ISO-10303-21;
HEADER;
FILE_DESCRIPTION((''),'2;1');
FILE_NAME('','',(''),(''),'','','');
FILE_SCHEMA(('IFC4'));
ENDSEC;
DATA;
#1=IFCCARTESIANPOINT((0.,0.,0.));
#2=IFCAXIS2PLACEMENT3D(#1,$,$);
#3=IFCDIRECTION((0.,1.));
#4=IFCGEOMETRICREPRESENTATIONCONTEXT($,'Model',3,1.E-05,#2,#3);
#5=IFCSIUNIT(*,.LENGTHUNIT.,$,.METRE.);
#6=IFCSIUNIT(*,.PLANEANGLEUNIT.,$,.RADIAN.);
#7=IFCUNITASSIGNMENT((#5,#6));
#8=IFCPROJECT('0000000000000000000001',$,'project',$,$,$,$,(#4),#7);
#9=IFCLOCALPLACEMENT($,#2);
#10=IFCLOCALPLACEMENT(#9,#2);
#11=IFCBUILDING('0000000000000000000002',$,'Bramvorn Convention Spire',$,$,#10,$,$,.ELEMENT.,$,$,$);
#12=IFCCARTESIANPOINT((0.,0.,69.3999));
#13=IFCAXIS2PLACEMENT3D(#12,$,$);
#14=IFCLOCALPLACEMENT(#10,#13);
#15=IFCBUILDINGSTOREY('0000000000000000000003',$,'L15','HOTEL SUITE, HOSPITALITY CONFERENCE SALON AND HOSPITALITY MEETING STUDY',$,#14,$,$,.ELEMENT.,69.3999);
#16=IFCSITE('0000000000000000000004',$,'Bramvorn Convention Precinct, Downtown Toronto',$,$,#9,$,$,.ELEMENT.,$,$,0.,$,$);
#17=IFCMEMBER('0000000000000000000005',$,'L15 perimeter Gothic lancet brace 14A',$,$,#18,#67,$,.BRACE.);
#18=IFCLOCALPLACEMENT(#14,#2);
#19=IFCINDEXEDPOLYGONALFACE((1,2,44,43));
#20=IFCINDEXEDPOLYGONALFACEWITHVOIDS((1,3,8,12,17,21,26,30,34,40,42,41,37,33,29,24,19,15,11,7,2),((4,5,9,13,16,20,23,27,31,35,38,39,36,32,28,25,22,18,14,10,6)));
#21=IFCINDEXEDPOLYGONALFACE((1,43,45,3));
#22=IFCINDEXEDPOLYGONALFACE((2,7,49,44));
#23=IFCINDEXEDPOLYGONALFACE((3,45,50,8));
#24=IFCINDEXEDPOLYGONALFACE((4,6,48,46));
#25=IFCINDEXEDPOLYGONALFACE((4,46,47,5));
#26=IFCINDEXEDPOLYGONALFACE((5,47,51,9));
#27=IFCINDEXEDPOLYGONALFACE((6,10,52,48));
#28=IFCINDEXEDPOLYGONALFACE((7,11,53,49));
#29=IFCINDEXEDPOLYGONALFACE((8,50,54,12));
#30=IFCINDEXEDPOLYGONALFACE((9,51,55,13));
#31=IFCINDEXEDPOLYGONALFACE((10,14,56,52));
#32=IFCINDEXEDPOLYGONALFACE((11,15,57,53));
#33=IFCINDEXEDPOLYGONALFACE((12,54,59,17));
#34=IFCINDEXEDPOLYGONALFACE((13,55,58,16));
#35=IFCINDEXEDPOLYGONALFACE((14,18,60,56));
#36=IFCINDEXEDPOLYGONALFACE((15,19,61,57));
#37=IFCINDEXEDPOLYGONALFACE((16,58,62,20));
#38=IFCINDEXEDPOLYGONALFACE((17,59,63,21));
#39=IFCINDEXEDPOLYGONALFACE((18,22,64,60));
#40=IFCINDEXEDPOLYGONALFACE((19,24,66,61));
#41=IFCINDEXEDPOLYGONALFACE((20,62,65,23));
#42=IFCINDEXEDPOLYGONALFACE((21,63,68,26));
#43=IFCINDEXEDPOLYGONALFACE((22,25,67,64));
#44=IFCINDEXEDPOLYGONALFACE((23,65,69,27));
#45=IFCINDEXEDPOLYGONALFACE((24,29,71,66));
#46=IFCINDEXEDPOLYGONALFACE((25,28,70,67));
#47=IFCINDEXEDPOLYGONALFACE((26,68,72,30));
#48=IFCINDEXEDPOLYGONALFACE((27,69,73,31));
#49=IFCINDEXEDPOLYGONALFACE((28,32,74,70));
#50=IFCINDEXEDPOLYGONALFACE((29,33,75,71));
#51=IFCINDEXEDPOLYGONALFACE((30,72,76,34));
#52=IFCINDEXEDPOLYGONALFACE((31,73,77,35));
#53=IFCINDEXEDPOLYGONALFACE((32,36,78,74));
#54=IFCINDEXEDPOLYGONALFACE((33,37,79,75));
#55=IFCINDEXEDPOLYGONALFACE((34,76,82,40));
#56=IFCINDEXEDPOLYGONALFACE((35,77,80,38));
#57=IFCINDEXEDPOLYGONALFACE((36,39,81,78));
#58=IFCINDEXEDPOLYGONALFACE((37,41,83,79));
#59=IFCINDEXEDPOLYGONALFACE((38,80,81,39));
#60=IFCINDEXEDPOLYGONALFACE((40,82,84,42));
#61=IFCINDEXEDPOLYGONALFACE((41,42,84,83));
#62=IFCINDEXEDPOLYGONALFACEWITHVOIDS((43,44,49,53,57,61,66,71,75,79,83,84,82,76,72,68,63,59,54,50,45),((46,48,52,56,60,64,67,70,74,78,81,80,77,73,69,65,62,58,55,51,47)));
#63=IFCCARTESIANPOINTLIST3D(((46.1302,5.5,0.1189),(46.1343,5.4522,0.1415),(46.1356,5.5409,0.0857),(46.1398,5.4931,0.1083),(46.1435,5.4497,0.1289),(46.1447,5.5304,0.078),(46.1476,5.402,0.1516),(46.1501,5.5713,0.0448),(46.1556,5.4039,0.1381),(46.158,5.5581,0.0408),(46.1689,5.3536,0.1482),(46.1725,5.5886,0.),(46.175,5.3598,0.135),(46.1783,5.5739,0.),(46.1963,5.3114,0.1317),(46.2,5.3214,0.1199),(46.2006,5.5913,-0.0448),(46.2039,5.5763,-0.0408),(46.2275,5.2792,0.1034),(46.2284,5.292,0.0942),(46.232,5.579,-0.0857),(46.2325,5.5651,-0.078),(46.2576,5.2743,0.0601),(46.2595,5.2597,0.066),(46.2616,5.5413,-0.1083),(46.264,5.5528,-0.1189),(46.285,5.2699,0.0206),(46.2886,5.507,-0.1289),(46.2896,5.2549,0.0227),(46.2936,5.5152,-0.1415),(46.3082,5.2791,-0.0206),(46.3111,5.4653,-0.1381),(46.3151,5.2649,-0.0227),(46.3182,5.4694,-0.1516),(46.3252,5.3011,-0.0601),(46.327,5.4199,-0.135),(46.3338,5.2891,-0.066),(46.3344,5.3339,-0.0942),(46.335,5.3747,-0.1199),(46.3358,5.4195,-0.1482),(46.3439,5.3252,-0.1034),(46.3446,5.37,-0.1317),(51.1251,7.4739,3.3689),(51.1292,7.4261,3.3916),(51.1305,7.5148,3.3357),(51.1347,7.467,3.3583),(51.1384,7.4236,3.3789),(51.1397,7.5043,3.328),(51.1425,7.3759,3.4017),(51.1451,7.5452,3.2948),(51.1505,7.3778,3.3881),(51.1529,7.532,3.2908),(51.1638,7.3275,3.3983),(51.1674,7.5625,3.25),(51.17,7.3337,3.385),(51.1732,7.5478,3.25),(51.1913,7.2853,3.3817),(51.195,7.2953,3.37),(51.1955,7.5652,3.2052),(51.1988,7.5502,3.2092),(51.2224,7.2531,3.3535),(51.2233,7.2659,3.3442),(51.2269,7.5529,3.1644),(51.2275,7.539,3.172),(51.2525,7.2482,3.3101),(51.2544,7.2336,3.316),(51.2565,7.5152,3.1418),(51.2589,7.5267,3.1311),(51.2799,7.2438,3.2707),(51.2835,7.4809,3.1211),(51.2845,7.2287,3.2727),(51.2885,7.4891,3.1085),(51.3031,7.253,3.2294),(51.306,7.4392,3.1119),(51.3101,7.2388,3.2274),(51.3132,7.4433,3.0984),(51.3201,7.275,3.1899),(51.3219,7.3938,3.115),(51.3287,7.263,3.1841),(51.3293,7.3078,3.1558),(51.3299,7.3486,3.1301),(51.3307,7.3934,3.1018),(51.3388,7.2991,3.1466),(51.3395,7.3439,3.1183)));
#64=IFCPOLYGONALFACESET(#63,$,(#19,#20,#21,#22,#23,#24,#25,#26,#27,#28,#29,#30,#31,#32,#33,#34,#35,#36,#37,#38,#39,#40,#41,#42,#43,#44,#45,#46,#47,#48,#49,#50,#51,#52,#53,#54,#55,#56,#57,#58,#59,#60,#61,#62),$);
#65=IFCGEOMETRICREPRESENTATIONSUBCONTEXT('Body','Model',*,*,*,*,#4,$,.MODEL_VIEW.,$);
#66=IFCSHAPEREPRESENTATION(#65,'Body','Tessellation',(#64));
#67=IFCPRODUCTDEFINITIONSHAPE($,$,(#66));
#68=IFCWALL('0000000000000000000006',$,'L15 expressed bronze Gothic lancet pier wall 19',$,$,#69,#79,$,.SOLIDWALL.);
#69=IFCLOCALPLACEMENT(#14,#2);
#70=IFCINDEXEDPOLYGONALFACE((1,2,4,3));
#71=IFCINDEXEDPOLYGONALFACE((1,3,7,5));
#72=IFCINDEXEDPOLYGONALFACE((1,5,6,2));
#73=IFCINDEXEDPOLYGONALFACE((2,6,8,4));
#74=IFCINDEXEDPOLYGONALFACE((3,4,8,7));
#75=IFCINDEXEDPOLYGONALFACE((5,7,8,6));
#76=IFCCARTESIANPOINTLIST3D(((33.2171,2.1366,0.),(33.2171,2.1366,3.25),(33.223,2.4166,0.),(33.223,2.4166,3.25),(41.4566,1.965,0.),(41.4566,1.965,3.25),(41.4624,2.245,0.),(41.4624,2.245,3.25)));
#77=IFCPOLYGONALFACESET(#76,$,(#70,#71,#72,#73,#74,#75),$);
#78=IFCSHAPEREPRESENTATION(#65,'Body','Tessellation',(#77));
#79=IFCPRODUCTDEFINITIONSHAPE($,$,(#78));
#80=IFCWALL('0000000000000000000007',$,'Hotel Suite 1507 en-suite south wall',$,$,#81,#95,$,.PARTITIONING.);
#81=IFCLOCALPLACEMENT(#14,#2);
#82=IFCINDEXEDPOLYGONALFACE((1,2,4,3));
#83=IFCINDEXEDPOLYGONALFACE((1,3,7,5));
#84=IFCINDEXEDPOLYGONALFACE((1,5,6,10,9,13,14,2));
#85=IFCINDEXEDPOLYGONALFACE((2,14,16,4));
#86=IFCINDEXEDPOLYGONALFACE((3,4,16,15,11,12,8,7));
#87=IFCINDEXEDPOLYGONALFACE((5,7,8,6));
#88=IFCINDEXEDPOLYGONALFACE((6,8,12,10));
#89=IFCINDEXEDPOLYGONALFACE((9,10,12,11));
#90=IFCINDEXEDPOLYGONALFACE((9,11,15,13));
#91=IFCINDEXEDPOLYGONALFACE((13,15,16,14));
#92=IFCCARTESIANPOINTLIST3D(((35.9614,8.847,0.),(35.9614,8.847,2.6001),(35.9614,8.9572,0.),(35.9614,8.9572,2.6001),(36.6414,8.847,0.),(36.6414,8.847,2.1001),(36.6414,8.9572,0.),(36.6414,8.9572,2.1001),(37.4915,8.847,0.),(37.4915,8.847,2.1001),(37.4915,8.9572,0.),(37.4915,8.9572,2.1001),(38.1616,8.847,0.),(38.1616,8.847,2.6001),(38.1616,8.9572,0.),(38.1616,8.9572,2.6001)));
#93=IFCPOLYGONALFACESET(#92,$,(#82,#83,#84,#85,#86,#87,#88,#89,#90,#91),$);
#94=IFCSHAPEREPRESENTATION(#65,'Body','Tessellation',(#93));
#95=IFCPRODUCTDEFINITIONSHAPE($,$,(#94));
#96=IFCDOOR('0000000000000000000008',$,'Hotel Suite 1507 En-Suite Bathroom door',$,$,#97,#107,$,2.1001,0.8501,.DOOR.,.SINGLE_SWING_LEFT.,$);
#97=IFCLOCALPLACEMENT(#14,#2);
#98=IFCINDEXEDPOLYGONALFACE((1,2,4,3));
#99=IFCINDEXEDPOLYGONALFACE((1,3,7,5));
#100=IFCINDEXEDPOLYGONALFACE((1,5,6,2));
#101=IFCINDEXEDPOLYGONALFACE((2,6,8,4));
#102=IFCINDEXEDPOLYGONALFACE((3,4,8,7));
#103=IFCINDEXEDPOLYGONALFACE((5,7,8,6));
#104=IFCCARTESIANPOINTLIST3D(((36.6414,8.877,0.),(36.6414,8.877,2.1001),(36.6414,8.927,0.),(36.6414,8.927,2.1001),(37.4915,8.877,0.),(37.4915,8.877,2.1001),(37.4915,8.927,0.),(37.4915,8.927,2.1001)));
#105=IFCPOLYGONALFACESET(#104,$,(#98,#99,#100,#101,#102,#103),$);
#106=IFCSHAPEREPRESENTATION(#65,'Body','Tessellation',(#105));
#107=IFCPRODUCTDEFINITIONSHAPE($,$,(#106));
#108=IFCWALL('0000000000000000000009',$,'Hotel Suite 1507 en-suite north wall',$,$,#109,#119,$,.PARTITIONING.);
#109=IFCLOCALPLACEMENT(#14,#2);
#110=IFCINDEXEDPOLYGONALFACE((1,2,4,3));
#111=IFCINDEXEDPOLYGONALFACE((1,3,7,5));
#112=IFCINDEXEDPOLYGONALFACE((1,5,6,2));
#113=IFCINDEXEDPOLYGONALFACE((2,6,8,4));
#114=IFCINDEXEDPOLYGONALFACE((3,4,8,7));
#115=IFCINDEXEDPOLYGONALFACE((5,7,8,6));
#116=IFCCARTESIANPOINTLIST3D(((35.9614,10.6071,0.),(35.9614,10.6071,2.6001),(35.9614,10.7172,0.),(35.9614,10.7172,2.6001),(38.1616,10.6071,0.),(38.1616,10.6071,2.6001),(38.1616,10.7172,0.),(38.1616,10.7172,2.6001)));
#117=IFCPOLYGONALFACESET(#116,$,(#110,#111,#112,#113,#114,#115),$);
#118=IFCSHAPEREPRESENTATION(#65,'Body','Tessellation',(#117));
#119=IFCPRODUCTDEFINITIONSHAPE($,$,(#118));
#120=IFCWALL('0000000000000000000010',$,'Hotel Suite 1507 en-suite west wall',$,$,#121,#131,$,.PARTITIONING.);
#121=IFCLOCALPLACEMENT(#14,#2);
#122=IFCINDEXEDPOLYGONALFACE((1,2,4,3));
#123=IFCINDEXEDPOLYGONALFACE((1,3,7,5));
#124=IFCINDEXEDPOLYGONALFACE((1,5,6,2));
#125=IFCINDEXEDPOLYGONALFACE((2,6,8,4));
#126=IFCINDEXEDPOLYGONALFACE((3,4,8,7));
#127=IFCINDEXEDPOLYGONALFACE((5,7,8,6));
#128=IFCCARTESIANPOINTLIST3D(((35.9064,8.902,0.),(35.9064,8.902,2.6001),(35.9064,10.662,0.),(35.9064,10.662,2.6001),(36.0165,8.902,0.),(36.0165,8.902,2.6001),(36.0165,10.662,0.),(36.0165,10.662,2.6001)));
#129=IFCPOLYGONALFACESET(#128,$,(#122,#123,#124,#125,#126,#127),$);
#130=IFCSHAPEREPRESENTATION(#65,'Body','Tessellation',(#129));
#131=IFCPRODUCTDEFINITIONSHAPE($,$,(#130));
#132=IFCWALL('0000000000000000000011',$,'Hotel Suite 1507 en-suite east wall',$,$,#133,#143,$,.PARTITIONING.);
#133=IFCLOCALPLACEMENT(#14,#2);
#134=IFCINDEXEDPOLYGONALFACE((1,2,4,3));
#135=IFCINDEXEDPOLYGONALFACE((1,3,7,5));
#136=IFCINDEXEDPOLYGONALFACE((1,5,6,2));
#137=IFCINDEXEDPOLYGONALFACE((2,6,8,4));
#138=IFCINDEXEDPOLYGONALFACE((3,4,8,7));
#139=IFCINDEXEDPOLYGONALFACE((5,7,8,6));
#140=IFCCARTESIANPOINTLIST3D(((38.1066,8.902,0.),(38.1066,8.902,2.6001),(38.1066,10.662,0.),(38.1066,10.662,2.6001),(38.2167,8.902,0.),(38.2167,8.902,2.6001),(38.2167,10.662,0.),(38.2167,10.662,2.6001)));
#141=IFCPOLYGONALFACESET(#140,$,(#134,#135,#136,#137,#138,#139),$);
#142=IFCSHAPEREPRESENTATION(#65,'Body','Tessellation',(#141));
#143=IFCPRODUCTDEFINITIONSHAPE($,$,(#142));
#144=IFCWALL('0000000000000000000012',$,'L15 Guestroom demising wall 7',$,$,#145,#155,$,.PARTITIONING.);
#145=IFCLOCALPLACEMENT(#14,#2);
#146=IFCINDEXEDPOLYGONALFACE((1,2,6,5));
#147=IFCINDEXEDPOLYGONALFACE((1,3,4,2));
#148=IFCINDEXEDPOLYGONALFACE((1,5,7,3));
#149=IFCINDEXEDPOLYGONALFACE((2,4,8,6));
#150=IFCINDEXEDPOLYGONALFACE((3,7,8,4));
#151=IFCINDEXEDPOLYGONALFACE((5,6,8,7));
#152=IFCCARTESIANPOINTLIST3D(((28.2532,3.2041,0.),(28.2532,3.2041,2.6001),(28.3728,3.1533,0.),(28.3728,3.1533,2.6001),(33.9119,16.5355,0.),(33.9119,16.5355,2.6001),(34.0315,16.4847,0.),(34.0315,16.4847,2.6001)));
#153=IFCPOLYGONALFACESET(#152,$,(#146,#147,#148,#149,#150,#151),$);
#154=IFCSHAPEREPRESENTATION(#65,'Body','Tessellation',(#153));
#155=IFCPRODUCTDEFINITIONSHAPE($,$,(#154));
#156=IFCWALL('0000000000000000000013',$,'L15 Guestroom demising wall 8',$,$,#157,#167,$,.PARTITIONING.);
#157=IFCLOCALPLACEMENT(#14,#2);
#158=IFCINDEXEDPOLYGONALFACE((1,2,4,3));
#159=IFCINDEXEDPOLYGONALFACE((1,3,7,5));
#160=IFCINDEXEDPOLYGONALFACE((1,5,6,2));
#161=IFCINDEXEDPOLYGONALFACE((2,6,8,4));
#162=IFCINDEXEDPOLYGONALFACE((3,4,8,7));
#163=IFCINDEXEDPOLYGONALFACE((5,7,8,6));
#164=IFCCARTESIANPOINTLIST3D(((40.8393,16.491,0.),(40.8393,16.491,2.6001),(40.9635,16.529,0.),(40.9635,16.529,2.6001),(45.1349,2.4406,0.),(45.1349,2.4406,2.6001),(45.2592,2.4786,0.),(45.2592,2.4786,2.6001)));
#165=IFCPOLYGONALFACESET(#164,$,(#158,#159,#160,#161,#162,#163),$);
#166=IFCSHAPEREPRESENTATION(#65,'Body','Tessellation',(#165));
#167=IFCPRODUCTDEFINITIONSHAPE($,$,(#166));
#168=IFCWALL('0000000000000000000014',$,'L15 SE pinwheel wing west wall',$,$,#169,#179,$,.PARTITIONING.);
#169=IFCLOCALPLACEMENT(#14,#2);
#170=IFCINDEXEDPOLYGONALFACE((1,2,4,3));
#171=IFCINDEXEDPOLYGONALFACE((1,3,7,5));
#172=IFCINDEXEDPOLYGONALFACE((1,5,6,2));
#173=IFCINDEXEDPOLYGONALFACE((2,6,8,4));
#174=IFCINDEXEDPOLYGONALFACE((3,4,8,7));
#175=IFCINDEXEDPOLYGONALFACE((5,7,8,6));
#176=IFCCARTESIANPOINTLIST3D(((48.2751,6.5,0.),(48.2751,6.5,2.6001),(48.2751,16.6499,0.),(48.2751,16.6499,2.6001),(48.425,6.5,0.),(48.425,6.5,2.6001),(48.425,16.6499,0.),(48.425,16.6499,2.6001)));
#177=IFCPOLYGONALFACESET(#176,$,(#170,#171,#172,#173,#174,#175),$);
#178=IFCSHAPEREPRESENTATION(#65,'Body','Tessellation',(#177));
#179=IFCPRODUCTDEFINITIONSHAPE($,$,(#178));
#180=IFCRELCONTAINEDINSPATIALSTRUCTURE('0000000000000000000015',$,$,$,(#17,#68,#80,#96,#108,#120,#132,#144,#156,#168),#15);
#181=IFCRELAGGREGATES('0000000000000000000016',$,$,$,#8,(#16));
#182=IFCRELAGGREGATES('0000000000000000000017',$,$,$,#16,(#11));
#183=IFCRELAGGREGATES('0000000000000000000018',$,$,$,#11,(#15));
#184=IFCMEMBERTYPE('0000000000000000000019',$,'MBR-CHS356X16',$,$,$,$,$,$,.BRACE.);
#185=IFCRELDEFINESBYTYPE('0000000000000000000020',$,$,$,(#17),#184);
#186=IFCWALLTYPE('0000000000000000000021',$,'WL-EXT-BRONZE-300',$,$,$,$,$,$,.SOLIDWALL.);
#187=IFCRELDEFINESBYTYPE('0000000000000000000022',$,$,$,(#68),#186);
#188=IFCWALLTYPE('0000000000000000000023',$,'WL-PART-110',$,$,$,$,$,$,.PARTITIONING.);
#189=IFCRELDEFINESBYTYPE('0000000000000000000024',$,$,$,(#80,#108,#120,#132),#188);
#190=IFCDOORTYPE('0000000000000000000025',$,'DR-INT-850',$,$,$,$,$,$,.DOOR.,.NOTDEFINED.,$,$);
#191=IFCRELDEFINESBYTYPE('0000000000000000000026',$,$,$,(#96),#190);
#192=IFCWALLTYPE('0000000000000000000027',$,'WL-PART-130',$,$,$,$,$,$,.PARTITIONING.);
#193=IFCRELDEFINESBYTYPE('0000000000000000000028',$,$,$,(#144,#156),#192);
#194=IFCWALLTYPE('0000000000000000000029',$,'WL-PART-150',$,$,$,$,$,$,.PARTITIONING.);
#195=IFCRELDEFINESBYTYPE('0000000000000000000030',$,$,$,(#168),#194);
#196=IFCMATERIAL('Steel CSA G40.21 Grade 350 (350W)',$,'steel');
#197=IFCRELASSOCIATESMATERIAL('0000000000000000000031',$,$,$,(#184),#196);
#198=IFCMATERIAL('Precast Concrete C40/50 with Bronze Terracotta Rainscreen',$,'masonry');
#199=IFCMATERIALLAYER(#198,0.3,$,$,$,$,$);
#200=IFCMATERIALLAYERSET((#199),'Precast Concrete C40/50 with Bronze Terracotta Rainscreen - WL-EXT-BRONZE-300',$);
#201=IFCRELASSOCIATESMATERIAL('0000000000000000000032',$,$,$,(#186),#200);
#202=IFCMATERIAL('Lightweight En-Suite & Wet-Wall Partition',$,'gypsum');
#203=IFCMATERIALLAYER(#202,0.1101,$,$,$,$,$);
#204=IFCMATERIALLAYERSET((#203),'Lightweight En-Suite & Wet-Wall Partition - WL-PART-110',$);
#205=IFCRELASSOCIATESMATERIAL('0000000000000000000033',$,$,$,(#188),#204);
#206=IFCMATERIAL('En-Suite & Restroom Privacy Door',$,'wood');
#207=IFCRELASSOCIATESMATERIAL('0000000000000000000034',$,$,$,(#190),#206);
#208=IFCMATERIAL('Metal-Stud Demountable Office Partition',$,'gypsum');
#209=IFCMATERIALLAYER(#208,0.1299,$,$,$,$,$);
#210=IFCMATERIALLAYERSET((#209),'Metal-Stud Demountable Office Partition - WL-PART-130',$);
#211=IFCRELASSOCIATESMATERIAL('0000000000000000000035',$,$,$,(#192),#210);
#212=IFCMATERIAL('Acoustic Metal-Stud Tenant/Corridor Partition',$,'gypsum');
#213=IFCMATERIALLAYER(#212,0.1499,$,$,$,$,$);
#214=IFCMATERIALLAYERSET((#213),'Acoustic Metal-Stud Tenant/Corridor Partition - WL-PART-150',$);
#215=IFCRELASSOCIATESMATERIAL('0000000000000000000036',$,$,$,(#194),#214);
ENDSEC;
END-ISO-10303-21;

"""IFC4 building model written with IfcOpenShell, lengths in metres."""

from ifc_helpers import new_model, si_unit, direction, frame, frame_2d, origin, origin_2d, place, context, subcontext, project, spatial, rectangle, hollow_circle, extrude, material, layer, layer_set, material_profile, profile_set, type_object, element, fill, save


model = new_model("IFC4")

# Units and contexts
model_context = context("Model", 3, precision=1e-05, world=origin(), true_north=direction((0.0, 1.0)))
body_context = subcontext(model_context, "Body", "Model", "MODEL_VIEW")
ifc_project = project(units=[si_unit("LENGTHUNIT", "METRE"), si_unit("PLANEANGLEUNIT", "RADIAN")], contexts=[model_context])

# Site, building, storey
site_placement = place(None, origin())
site = spatial("IfcSite", under=ifc_project, at=site_placement, Name="Bramvorn Convention Precinct, Downtown Toronto", CompositionType="ELEMENT", RefElevation=0.0)
building_placement = place(site_placement, origin())
building = spatial("IfcBuilding", under=site, at=building_placement, Name="Bramvorn Convention Spire", CompositionType="ELEMENT")
storey_placement = place(building_placement, frame((0.0, 0.0, 69.3999)))
storey = spatial("IfcBuildingStorey", under=building, at=storey_placement, Name="L15", Description="HOTEL SUITE, HOSPITALITY CONFERENCE SALON AND HOSPITALITY MEETING STUDY", CompositionType="ELEMENT", Elevation=69.3999)

# Shared definitions
ifc_material_1 = material(Name="Steel CSA G40.21 Grade 350 (350W)", Category="steel")

# Member
ifc_material_profile_1 = material_profile(ifc_material_1, hollow_circle(Radius=0.1777, WallThickness=0.0159, at=origin_2d()))
ifc_profile_set_1 = profile_set([ifc_material_profile_1], Name="Steel CSA G40.21 Grade 350 (350W) - CHS356X16")
member_type = type_object("IfcMemberType", Name="MBR-CHS356X16", PredefinedType="BRACE", material=ifc_profile_set_1)
member_placement = place(storey_placement, frame((46.2378, 5.4233, 0.0), z_axis=(0.795674, 0.314435, 0.517719), x_axis=(-0.367524, 0.930014, 0.0)))
element("IfcMember", 1, at=member_placement, inside=storey, type_object=member_type, Name="L15 perimeter Gothic lancet brace 14A", PredefinedType="BRACE", context=body_context, shape_type="SweptSolid", body=[
    extrude(hollow_circle(Radius=0.1777, WallThickness=0.0159, at=origin_2d()), origin(), (0.0, 0.0, 1.0), 6.2776),
])

# Wall
ifc_material_2 = material(Name="Precast Concrete C40/50 with Bronze Terracotta Rainscreen", Category="masonry")
ifc_layer_1 = layer(ifc_material_2, 0.3)
ifc_layer_set_1 = layer_set([ifc_layer_1], Name="Precast Concrete C40/50 with Bronze Terracotta Rainscreen - WL-EXT-BRONZE-300")
wall_type_1 = type_object("IfcWallType", Name="WL-EXT-BRONZE-300", PredefinedType="SOLIDWALL", material=ifc_layer_set_1)
wall_1_placement = place(storey_placement, frame((41.4595, 2.105, 0.0), z_axis=(0.0, 0.0, 1.0), x_axis=(-0.999783, 0.020826, 0.0)))
element("IfcWall", 2, at=wall_1_placement, inside=storey, type_object=wall_type_1, Name="L15 expressed bronze Gothic lancet pier wall 19", PredefinedType="SOLIDWALL", context=body_context, shape_type="SweptSolid", body=[
    extrude(rectangle(XDim=8.2412, YDim=0.28, at=frame_2d((4.1206, 0.0))), origin(), (0.0, 0.0, 1.0), 3.25),
])

# Wall, opening, door
ifc_material_3 = material(Name="Lightweight En-Suite & Wet-Wall Partition", Category="gypsum")
ifc_layer_2 = layer(ifc_material_3, 0.1101)
ifc_layer_set_2 = layer_set([ifc_layer_2], Name="Lightweight En-Suite & Wet-Wall Partition - WL-PART-110")
wall_type_2 = type_object("IfcWallType", Name="WL-PART-110", PredefinedType="PARTITIONING", material=ifc_layer_set_2)
wall_2_placement = place(storey_placement, frame((35.9614, 8.9021, 0.0), z_axis=(0.0, 0.0, 1.0), x_axis=(1.0, 0.0, 0.0)))
wall_2 = element("IfcWall", 3, at=wall_2_placement, inside=storey, type_object=wall_type_2, Name="Hotel Suite 1507 en-suite south wall", PredefinedType="PARTITIONING", context=body_context, shape_type="SweptSolid", body=[
    extrude(rectangle(XDim=2.2002, YDim=0.1101, at=frame_2d((1.1001, 0.0))), origin(), (0.0, 0.0, 1.0), 2.6001),
])
opening_placement = place(wall_2_placement, frame((0.6799, 0.0, 0.0)))
opening = element("IfcOpeningElement", 4, at=opening_placement, cuts=wall_2, PredefinedType="OPENING", context=body_context, shape_type="SweptSolid", body=[
    extrude(rectangle(XDim=0.8501, YDim=2.1001, at=frame_2d((0.425, 1.05))), frame((0.0, 0.0649, 0.0), z_axis=(0.0, -1.0, 0.0), x_axis=(1.0, 0.0, 0.0)), (0.0, 0.0, 1.0), 0.1301),
])
ifc_material_4 = material(Name="En-Suite & Restroom Privacy Door", Category="wood")
door_type = type_object("IfcDoorType", Name="DR-INT-850", OperationType="NOTDEFINED", PredefinedType="DOOR", material=ifc_material_4)
door_placement = place(opening_placement, origin())
door = element("IfcDoor", 5, at=door_placement, inside=storey, type_object=door_type, Name="Hotel Suite 1507 En-Suite Bathroom door", OperationType="SINGLE_SWING_LEFT", OverallHeight=2.1001, OverallWidth=0.8501, PredefinedType="DOOR", context=body_context, shape_type="SweptSolid", body=[
    extrude(rectangle(XDim=0.8501, YDim=2.1001, at=frame_2d((0.425, 1.05))), frame((0.0, 0.0249, 0.0), z_axis=(0.0, -1.0, 0.0), x_axis=(1.0, 0.0, 0.0)), (0.0, 0.0, 1.0), 0.05),
])
fill(opening, door)

# Walls
wall_3_placement = place(storey_placement, frame((35.9614, 10.6621, 0.0), z_axis=(0.0, 0.0, 1.0), x_axis=(1.0, 0.0, 0.0)))
element("IfcWall", 6, at=wall_3_placement, inside=storey, type_object=wall_type_2, Name="Hotel Suite 1507 en-suite north wall", PredefinedType="PARTITIONING", context=body_context, shape_type="SweptSolid", body=[
    extrude(rectangle(XDim=2.2002, YDim=0.1101, at=frame_2d((1.1001, 0.0))), origin(), (0.0, 0.0, 1.0), 2.6001),
])
for number, where, z_axis, x_axis, name in (
    (7, (35.9614, 8.9021, 0.0), (0.0, 0.0, 1.0), (0.0, 1.0, 0.0), "Hotel Suite 1507 en-suite west wall"),
    (8, (38.1616, 8.9021, 0.0), (0.0, 0.0, 1.0), (0.0, 1.0, 0.0), "Hotel Suite 1507 en-suite east wall"),
):
    element("IfcWall", number, at=place(storey_placement, frame(where, z_axis=z_axis, x_axis=x_axis)), inside=storey, type_object=wall_type_2, Name=name, PredefinedType="PARTITIONING", context=body_context, shape_type="SweptSolid", body=[
        extrude(rectangle(XDim=1.76, YDim=0.1101, at=frame_2d((0.8799, 0.0))), origin(), (0.0, 0.0, 1.0), 2.6001),
    ])
ifc_material_5 = material(Name="Metal-Stud Demountable Office Partition", Category="gypsum")
ifc_layer_3 = layer(ifc_material_5, 0.1299)
ifc_layer_set_3 = layer_set([ifc_layer_3], Name="Metal-Stud Demountable Office Partition - WL-PART-130")
wall_type_3 = type_object("IfcWallType", Name="WL-PART-130", PredefinedType="PARTITIONING", material=ifc_layer_set_3)
wall_4_placement = place(storey_placement, frame((33.9717, 16.51, 0.0), z_axis=(0.0, 0.0, 1.0), x_axis=(-0.390725, -0.920508, 0.0)))
element("IfcWall", 9, at=wall_4_placement, inside=storey, type_object=wall_type_3, Name="L15 Guestroom demising wall 7", PredefinedType="PARTITIONING", context=body_context, shape_type="SweptSolid", body=[
    extrude(rectangle(XDim=14.4827, YDim=0.1299, at=frame_2d((7.2412, 0.0))), origin(), (0.0, 0.0, 1.0), 2.6001),
])
wall_5_placement = place(storey_placement, frame((40.9014, 16.51, 0.0), z_axis=(0.0, 0.0, 1.0), x_axis=(0.292375, -0.956304, 0.0)))
element("IfcWall", 10, at=wall_5_placement, inside=storey, type_object=wall_type_3, Name="L15 Guestroom demising wall 8", PredefinedType="PARTITIONING", context=body_context, shape_type="SweptSolid", body=[
    extrude(rectangle(XDim=14.6924, YDim=0.1299, at=frame_2d((7.3462, 0.0))), origin(), (0.0, 0.0, 1.0), 2.6001),
])
ifc_material_6 = material(Name="Acoustic Metal-Stud Tenant/Corridor Partition", Category="gypsum")
ifc_layer_4 = layer(ifc_material_6, 0.1499)
ifc_layer_set_4 = layer_set([ifc_layer_4], Name="Acoustic Metal-Stud Tenant/Corridor Partition - WL-PART-150")
wall_type_4 = type_object("IfcWallType", Name="WL-PART-150", PredefinedType="PARTITIONING", material=ifc_layer_set_4)
wall_6_placement = place(storey_placement, frame((48.3501, 6.5, 0.0), z_axis=(0.0, 0.0, 1.0), x_axis=(0.0, 1.0, 0.0)))
element("IfcWall", 11, at=wall_6_placement, inside=storey, type_object=wall_type_4, Name="L15 SE pinwheel wing west wall", PredefinedType="PARTITIONING", context=body_context, shape_type="SweptSolid", body=[
    extrude(rectangle(XDim=10.1499, YDim=0.1499, at=frame_2d((5.075, 0.0))), origin(), (0.0, 0.0, 1.0), 2.6001),
])

save(model, "model.ifc")
